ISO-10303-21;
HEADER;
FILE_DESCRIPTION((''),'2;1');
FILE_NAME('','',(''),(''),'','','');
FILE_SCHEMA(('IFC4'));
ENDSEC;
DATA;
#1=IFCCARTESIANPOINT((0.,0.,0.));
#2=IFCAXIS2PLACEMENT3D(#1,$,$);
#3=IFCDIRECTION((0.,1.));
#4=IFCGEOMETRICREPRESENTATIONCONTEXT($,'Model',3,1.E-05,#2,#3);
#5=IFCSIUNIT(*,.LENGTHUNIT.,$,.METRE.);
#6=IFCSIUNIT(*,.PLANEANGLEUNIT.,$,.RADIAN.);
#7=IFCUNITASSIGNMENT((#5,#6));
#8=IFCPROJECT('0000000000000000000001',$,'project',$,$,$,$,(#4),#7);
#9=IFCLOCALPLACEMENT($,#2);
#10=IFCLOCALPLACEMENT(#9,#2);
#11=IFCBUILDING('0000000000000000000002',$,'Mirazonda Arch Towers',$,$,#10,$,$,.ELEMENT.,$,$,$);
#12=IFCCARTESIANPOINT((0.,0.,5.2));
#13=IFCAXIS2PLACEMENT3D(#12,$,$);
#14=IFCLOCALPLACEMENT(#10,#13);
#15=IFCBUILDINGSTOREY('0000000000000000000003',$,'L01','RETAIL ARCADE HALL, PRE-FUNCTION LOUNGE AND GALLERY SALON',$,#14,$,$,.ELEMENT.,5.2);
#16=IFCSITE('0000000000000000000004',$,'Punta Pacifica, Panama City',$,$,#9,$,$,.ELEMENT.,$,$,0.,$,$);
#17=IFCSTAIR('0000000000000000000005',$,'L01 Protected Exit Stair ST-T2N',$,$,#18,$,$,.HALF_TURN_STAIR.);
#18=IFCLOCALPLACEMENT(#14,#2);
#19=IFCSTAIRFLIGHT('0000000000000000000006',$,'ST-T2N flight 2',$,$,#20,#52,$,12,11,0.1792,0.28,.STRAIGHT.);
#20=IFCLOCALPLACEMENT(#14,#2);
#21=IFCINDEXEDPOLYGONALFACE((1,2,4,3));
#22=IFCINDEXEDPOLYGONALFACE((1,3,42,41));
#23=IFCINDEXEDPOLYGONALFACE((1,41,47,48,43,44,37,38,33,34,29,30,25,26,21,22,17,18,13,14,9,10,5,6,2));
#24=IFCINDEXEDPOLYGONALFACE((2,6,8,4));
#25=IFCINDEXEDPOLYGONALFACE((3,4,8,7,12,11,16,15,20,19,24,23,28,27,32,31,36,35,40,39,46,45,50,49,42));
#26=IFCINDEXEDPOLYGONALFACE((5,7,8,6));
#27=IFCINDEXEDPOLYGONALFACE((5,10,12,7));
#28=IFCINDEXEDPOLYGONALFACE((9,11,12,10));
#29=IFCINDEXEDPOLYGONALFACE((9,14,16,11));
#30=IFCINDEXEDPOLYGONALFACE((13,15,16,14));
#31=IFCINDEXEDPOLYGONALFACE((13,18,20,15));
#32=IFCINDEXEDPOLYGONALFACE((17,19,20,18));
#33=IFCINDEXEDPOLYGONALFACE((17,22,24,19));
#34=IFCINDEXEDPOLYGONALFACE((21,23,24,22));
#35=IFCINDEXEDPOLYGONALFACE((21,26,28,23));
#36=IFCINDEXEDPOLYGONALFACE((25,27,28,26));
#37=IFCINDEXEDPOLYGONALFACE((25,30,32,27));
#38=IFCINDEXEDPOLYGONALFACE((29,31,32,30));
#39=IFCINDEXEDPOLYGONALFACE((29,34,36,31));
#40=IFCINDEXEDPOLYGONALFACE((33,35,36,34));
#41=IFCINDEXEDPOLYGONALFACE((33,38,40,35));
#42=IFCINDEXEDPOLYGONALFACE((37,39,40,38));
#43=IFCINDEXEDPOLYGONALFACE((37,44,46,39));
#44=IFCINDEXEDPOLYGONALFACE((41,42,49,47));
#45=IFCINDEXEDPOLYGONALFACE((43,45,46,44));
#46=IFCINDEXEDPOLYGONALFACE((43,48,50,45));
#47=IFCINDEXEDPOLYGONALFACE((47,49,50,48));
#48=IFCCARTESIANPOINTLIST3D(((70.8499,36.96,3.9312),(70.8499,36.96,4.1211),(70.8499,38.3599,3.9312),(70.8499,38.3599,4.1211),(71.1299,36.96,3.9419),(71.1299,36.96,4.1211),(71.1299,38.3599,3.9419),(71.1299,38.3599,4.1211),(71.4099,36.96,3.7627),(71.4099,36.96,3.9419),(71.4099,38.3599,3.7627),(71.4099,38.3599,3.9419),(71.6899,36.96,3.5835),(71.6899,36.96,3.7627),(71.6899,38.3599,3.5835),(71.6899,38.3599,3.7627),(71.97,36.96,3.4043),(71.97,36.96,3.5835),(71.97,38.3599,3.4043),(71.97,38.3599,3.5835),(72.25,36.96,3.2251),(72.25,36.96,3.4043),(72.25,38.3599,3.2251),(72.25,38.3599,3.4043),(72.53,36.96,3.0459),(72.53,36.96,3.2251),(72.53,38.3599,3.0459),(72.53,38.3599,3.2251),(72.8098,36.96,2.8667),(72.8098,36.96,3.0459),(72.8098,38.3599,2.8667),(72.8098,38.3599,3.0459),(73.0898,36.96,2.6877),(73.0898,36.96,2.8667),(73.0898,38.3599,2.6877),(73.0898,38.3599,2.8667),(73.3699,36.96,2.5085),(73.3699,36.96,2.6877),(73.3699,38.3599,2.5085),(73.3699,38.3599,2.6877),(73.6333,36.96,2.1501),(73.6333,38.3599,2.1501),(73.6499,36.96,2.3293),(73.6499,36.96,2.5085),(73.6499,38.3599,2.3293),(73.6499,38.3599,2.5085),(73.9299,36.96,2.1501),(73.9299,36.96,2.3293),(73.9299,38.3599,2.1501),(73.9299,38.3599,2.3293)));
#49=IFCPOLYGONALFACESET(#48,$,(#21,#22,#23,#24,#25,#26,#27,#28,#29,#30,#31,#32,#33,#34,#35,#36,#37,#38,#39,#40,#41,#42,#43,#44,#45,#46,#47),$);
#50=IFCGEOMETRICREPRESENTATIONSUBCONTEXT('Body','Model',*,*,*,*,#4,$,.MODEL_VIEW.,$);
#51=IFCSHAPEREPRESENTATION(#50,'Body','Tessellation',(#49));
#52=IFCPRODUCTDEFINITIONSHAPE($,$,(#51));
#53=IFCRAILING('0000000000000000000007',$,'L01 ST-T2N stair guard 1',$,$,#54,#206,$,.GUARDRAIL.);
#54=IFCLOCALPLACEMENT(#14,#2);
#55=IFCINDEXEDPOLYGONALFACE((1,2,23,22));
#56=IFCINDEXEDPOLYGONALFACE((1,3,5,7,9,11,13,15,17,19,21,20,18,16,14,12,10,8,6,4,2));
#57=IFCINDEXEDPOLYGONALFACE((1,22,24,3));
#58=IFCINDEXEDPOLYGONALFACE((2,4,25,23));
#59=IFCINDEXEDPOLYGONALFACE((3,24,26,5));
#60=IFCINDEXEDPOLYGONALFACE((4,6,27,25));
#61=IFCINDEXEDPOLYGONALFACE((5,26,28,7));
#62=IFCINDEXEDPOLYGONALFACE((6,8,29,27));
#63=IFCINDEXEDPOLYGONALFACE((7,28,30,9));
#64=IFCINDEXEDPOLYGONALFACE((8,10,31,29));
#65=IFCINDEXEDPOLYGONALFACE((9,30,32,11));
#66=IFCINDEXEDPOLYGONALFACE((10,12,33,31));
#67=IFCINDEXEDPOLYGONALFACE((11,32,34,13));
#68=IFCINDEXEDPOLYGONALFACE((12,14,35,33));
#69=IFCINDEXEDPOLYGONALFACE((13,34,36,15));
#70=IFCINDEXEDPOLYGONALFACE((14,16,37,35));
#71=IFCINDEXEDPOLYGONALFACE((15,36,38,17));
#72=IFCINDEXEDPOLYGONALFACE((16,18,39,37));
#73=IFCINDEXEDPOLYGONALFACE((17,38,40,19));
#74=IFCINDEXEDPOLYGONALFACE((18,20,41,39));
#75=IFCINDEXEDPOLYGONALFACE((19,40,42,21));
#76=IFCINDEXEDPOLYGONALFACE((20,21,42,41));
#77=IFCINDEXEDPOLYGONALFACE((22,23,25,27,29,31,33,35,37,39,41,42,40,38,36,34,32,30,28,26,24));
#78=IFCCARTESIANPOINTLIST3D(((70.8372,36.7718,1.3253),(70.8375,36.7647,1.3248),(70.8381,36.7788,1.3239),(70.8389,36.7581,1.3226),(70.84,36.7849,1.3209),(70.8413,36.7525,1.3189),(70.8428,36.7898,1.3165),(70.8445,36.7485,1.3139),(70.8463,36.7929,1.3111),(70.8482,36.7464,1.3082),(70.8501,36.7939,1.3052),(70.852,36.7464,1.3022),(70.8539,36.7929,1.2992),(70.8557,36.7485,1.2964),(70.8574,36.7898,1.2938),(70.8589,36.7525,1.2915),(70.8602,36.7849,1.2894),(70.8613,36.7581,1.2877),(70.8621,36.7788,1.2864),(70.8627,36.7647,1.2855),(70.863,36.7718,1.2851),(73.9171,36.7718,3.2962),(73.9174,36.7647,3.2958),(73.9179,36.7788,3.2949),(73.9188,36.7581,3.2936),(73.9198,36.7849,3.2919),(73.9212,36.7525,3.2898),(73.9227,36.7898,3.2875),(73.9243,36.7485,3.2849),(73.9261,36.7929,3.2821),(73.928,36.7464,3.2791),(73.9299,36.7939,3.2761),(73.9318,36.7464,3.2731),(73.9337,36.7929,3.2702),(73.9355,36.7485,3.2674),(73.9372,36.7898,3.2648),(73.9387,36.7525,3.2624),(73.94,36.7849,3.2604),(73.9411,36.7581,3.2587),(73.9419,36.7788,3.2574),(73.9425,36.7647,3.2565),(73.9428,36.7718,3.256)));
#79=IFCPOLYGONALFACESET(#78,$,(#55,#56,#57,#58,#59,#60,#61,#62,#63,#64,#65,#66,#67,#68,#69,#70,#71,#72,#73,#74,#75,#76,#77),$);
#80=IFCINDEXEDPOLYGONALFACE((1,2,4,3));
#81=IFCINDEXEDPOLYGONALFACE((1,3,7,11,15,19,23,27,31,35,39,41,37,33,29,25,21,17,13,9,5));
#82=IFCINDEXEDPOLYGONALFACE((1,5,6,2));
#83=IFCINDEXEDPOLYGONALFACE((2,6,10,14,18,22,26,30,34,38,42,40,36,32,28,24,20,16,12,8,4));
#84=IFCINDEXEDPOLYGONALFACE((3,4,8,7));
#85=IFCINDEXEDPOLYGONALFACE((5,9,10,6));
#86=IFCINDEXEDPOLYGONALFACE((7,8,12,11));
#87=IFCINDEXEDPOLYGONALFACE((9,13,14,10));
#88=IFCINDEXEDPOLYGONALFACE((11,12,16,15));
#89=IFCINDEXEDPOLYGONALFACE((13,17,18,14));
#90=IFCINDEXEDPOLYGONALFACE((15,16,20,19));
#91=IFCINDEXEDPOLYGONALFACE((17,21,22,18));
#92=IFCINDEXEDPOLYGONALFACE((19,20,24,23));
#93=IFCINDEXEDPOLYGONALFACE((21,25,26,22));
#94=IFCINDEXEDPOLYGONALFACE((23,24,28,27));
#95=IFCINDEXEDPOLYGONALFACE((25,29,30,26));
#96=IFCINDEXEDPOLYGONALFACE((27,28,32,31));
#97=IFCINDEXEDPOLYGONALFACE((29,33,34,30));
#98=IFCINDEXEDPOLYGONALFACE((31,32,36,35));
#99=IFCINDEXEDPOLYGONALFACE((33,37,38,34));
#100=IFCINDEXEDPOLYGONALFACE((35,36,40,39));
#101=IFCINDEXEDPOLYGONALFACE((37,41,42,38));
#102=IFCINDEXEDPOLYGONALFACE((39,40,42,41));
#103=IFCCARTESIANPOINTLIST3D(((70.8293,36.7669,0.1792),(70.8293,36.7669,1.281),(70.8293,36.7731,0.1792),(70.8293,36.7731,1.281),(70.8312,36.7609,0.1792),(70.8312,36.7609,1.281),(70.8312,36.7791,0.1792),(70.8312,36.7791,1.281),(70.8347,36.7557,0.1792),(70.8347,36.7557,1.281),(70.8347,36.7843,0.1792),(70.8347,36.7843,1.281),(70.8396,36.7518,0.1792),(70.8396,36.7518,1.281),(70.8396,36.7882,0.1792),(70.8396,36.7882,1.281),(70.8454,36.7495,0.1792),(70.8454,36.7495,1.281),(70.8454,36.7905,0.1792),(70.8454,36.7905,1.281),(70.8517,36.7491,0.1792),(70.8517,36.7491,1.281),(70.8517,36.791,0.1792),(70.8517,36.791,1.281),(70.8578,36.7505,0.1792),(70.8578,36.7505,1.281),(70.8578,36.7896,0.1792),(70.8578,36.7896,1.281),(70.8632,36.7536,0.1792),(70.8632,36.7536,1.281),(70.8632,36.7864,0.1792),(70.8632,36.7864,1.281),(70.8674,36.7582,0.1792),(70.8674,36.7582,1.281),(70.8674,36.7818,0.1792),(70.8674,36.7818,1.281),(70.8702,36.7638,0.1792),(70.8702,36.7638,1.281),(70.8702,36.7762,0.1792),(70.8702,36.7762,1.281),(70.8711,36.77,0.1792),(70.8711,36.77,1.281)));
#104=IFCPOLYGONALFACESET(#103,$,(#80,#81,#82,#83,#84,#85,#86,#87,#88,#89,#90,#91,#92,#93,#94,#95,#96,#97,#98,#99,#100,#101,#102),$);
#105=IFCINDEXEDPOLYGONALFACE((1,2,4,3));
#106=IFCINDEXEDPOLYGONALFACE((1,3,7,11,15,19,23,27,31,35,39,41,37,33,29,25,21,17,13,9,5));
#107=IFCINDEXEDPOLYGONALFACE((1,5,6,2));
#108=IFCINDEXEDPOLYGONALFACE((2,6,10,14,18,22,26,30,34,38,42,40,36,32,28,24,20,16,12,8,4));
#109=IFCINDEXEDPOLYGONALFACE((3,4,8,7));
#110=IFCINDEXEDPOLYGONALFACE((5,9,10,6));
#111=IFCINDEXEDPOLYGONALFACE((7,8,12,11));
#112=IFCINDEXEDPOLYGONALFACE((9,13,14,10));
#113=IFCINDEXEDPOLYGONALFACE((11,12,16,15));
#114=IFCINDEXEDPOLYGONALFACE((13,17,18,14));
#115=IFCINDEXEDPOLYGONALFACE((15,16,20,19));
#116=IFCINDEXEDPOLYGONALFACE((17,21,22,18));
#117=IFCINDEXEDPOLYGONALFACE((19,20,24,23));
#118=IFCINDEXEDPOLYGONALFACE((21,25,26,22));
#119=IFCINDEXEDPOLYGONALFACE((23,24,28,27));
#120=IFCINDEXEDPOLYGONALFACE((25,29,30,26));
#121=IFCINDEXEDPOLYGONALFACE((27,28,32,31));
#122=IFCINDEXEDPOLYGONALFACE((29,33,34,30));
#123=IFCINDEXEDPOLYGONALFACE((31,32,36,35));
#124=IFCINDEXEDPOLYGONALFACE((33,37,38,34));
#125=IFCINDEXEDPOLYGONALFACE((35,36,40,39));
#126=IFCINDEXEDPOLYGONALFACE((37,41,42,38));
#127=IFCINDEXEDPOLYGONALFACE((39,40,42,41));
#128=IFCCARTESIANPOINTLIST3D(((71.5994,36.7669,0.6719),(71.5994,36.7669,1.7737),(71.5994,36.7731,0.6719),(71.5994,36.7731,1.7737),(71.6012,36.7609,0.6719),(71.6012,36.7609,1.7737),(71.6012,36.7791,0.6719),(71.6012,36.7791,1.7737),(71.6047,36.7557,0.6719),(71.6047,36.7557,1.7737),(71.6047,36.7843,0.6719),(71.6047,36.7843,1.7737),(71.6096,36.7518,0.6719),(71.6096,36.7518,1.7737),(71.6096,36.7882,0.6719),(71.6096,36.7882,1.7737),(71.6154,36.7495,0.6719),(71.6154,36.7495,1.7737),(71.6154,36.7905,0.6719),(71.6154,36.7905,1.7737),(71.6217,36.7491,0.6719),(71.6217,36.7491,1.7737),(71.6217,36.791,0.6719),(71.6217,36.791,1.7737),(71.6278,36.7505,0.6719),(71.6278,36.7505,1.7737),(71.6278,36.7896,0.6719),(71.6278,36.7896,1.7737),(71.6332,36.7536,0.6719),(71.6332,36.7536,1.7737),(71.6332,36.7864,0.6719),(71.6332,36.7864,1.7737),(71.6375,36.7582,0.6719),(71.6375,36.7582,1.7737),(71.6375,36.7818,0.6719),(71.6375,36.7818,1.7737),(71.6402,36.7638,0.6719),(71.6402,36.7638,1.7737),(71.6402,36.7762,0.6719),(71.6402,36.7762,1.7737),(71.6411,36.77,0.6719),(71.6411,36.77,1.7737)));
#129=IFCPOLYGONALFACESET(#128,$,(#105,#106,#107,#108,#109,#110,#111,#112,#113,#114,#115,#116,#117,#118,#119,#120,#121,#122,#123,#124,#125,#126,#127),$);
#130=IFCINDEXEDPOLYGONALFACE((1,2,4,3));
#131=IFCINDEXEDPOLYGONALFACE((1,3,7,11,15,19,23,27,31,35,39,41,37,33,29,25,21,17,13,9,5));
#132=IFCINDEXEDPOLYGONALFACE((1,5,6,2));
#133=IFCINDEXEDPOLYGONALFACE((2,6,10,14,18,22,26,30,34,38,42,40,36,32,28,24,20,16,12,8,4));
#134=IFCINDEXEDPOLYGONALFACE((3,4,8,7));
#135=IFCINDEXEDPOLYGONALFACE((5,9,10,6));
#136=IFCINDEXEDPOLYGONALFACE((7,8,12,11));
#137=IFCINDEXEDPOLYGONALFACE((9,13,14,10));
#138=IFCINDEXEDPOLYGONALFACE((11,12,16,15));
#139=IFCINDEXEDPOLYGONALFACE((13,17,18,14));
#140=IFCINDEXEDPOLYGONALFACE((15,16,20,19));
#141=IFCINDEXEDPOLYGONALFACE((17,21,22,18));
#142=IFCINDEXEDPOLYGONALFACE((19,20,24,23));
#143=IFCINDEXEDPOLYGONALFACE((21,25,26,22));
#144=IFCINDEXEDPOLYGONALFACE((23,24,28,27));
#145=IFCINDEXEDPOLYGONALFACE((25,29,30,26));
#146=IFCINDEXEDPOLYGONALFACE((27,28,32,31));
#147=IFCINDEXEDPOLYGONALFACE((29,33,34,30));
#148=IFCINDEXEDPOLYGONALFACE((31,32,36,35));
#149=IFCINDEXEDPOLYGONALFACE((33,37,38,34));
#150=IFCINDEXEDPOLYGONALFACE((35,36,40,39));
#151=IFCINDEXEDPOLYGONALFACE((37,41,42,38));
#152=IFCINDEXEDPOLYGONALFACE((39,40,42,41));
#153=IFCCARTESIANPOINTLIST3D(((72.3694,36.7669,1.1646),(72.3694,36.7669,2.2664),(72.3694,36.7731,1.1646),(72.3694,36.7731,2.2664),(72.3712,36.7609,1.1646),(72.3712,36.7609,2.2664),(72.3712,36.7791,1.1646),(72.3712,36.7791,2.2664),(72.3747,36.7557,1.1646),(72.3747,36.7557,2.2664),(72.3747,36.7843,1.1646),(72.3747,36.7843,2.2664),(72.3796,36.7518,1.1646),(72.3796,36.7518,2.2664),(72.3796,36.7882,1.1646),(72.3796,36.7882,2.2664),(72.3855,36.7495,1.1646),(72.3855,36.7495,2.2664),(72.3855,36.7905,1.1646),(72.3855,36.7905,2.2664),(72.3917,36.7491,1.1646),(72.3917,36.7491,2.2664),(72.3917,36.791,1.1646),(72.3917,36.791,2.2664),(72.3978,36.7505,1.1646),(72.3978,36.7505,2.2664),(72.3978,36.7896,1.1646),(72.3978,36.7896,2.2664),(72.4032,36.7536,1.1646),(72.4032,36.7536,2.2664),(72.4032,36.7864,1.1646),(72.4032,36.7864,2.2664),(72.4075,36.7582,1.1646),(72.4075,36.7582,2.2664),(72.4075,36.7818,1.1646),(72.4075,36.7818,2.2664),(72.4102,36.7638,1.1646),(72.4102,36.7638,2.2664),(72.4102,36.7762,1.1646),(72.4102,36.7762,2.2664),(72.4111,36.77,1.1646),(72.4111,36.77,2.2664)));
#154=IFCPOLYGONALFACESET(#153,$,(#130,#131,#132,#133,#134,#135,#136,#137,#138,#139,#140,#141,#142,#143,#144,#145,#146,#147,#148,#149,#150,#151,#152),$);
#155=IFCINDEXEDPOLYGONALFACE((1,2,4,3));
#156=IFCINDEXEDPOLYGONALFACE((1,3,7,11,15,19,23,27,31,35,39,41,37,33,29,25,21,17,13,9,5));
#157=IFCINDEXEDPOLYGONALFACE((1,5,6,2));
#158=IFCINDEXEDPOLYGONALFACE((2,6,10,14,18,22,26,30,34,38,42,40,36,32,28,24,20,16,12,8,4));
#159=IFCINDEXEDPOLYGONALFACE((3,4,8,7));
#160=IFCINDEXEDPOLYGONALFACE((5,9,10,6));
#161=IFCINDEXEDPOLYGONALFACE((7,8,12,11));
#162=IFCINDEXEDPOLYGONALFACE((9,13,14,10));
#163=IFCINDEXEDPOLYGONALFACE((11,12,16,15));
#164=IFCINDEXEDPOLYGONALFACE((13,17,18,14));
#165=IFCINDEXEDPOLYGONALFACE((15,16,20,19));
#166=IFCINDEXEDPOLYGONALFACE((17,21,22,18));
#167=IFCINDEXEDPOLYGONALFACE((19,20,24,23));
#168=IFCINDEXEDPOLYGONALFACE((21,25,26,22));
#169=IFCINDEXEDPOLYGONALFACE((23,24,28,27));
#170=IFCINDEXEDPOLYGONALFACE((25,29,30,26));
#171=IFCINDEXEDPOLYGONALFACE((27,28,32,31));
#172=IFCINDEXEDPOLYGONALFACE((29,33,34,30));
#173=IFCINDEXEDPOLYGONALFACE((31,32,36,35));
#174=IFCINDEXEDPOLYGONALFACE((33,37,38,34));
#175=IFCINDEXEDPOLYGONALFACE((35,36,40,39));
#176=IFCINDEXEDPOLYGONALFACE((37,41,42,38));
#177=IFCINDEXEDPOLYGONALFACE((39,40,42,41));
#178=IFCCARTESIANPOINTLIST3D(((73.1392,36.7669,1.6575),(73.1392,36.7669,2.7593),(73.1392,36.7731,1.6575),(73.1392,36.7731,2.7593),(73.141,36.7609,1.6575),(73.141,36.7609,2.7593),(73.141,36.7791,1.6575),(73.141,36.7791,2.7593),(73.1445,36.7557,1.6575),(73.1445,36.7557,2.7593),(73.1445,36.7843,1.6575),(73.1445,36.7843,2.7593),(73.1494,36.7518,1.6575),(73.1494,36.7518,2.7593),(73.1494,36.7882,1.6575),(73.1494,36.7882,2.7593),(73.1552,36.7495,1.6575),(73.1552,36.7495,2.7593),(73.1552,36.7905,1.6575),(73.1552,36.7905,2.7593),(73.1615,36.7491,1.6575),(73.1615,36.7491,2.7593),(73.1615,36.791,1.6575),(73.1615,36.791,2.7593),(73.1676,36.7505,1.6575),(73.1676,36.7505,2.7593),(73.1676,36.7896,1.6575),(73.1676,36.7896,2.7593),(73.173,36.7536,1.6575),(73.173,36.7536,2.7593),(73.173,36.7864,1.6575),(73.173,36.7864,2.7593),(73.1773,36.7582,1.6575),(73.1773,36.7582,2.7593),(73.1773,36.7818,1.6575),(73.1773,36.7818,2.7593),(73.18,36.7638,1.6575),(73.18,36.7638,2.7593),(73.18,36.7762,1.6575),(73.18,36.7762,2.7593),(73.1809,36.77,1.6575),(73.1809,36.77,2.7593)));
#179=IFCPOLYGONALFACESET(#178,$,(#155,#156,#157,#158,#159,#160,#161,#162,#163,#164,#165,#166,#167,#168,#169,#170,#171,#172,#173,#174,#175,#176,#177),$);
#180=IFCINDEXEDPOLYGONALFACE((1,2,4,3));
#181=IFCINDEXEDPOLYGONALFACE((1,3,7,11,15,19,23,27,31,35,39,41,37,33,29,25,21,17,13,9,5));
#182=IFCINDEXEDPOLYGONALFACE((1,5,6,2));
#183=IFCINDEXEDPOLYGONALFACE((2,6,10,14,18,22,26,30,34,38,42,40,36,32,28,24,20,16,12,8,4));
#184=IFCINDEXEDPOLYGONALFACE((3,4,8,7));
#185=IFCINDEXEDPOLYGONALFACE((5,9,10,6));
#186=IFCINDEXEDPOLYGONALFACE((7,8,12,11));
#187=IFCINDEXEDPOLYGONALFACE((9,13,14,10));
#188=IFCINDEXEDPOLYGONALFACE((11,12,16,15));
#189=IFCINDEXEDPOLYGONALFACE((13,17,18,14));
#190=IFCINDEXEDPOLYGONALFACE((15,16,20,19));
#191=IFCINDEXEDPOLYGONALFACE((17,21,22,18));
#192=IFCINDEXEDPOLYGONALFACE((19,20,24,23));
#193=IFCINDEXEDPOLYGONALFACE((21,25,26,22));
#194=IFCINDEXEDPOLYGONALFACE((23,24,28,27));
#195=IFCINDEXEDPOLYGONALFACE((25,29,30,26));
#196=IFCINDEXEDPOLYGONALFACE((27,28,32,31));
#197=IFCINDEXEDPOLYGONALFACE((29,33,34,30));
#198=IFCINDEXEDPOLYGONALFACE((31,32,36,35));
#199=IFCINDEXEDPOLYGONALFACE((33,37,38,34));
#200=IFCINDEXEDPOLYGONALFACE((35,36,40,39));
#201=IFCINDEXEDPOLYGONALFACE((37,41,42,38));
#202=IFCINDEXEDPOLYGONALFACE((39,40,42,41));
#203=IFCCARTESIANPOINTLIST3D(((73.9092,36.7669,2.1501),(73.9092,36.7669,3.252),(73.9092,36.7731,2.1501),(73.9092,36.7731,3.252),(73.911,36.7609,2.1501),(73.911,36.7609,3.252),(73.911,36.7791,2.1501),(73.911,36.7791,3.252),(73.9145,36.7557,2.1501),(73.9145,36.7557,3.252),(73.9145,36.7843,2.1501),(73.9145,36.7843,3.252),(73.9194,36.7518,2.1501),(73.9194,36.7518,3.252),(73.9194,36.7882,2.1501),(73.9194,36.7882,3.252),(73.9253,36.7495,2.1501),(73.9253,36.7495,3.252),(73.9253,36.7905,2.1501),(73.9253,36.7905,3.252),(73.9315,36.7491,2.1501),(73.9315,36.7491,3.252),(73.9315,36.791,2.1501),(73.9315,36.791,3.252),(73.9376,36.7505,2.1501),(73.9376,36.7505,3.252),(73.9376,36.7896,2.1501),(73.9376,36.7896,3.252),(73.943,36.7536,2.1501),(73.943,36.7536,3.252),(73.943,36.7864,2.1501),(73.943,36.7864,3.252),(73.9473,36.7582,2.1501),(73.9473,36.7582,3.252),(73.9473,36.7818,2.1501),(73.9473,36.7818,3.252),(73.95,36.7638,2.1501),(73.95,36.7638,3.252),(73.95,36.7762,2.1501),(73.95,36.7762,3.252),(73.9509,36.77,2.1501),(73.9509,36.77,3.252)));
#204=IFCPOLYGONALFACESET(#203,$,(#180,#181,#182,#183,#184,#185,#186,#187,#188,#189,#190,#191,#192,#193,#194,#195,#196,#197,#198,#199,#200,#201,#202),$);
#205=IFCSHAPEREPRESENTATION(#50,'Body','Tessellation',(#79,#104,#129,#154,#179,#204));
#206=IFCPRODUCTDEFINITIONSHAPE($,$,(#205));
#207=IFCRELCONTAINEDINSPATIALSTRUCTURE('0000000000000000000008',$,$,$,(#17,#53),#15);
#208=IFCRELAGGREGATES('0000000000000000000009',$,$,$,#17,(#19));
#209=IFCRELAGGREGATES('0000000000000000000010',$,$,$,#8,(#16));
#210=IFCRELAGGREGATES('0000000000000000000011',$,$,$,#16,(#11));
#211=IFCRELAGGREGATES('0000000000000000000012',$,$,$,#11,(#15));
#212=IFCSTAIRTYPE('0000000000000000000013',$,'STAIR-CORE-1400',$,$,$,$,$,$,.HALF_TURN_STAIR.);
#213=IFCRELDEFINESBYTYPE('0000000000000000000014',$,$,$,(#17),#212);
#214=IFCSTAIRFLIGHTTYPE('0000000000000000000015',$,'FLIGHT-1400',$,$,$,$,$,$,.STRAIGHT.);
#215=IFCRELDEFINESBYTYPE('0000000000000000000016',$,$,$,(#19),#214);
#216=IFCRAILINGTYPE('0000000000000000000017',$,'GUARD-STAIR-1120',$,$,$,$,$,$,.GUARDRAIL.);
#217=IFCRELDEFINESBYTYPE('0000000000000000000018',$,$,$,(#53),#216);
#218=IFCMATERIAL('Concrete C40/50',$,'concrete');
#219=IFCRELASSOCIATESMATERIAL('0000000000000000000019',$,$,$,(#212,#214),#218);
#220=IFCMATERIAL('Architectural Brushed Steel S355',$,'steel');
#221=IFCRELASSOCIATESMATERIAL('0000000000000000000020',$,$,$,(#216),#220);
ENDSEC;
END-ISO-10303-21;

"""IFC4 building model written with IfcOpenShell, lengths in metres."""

from ifc_helpers import new_model, si_unit, direction, frame, origin, origin_2d, place, context, subcontext, project, spatial, polyline, circle, outline, extrude, material, type_object, element, aggregate, save


model = new_model("IFC4")

# Units and contexts
model_context = context("Model", 3, precision=1e-05, world=origin(), true_north=direction((0.0, 1.0)))
body_context = subcontext(model_context, "Body", "Model", "MODEL_VIEW")
ifc_project = project(units=[si_unit("LENGTHUNIT", "METRE"), si_unit("PLANEANGLEUNIT", "RADIAN")], contexts=[model_context])

# Site, building, storey
site_placement = place(None, origin())
site = spatial("IfcSite", under=ifc_project, at=site_placement, Name="Punta Pacifica, Panama City", CompositionType="ELEMENT", RefElevation=0.0)
building_placement = place(site_placement, origin())
building = spatial("IfcBuilding", under=site, at=building_placement, Name="Mirazonda Arch Towers", CompositionType="ELEMENT")
storey_placement = place(building_placement, frame((0.0, 0.0, 5.2)))
storey = spatial("IfcBuildingStorey", under=building, at=storey_placement, Name="L01", Description="RETAIL ARCADE HALL, PRE-FUNCTION LOUNGE AND GALLERY SALON", CompositionType="ELEMENT", Elevation=5.2)

# Shared definitions
ifc_material_1 = material(Name="Architectural Brushed Steel S355", Category="steel")

# Stair, stair flight
ifc_material_2 = material(Name="Concrete C40/50", Category="concrete")
stair_type = type_object("IfcStairType", Name="STAIR-CORE-1400", PredefinedType="HALF_TURN_STAIR", material=ifc_material_2)
stair_placement = place(storey_placement, origin())
stair = element("IfcStair", 1, at=stair_placement, inside=storey, type_object=stair_type, Name="L01 Protected Exit Stair ST-T2N", PredefinedType="HALF_TURN_STAIR")
stair_flight_type = type_object("IfcStairFlightType", Name="FLIGHT-1400", PredefinedType="STRAIGHT", material=ifc_material_2)
stair_flight_1_placement = place(storey_placement, frame((73.9299, 37.6599, 2.1501), z_axis=(0.0, 0.0, 1.0), x_axis=(-1.0, 0.0, 0.0)))
stair_flight_1 = element("IfcStairFlight", 2, at=stair_flight_1_placement, type_object=stair_flight_type, Name="ST-T2N flight 2", NumberOfRisers=12, NumberOfTreads=11, PredefinedType="STRAIGHT", RiserHeight=0.1792, TreadLength=0.28, context=body_context, shape_type="SweptSolid", body=[
    extrude(outline(polyline([(0.0, 0.0), (0.0, 0.1792), (0.28, 0.1792), (0.28, 0.3584), (0.5601, 0.3584), (0.5601, 0.5376), (0.8401, 0.5376), (0.8401, 0.7166), (1.1201, 0.7166), (1.1201, 0.8958), (1.3999, 0.8958), (1.3999, 1.075), (1.6799, 1.075), (1.6799, 1.2542), (1.96, 1.2542), (1.96, 1.4333), (2.24, 1.4333), (2.24, 1.6125), (2.52, 1.6125), (2.52, 1.7917), (2.8, 1.7917), (2.8, 1.9709), (3.0801, 1.9709), (3.0801, 2.1499), (3.0801, 1.781), (0.2966, 0.0), (0.0, 0.0)])), frame((0.0, 0.7, 0.0), z_axis=(0.0, -1.0, 0.0), x_axis=(1.0, 0.0, 0.0)), (0.0, 0.0, 1.0), 1.3999),
])
aggregate(stair, [stair_flight_1])

# Railing
railing_type_1 = type_object("IfcRailingType", Name="GUARD-STAIR-1120", PredefinedType="GUARDRAIL", material=ifc_material_1)
railing_1_placement = place(storey_placement, frame((70.8501, 36.77, 0.1792)))
element("IfcRailing", 3, at=railing_1_placement, inside=storey, type_object=railing_type_1, Name="L01 ST-T2N stair guard 1", PredefinedType="GUARDRAIL", context=body_context, shape_type="SweptSolid", body=[
    extrude(circle(Radius=0.0239, at=origin_2d()), frame((0.0, 0.0, 1.126), z_axis=(0.84229, 0.0, 0.539025), x_axis=(0.0, 1.0, 0.0)), (0.0, 0.0, 1.0), 3.6565),
    extrude(circle(Radius=0.021, at=origin_2d()), origin(), (0.0, 0.0, 1.0), 1.1018),
    extrude(circle(Radius=0.021, at=origin_2d()), frame((0.77, 0.0, 0.4927)), (0.0, 0.0, 1.0), 1.1018),
    extrude(circle(Radius=0.021, at=origin_2d()), frame((1.54, 0.0, 0.9854)), (0.0, 0.0, 1.0), 1.1018),
    extrude(circle(Radius=0.021, at=origin_2d()), frame((2.3098, 0.0, 1.4783)), (0.0, 0.0, 1.0), 1.1018),
    extrude(circle(Radius=0.021, at=origin_2d()), frame((3.0798, 0.0, 1.9709)), (0.0, 0.0, 1.0), 1.1018),
])

save(model, "model.ifc")
